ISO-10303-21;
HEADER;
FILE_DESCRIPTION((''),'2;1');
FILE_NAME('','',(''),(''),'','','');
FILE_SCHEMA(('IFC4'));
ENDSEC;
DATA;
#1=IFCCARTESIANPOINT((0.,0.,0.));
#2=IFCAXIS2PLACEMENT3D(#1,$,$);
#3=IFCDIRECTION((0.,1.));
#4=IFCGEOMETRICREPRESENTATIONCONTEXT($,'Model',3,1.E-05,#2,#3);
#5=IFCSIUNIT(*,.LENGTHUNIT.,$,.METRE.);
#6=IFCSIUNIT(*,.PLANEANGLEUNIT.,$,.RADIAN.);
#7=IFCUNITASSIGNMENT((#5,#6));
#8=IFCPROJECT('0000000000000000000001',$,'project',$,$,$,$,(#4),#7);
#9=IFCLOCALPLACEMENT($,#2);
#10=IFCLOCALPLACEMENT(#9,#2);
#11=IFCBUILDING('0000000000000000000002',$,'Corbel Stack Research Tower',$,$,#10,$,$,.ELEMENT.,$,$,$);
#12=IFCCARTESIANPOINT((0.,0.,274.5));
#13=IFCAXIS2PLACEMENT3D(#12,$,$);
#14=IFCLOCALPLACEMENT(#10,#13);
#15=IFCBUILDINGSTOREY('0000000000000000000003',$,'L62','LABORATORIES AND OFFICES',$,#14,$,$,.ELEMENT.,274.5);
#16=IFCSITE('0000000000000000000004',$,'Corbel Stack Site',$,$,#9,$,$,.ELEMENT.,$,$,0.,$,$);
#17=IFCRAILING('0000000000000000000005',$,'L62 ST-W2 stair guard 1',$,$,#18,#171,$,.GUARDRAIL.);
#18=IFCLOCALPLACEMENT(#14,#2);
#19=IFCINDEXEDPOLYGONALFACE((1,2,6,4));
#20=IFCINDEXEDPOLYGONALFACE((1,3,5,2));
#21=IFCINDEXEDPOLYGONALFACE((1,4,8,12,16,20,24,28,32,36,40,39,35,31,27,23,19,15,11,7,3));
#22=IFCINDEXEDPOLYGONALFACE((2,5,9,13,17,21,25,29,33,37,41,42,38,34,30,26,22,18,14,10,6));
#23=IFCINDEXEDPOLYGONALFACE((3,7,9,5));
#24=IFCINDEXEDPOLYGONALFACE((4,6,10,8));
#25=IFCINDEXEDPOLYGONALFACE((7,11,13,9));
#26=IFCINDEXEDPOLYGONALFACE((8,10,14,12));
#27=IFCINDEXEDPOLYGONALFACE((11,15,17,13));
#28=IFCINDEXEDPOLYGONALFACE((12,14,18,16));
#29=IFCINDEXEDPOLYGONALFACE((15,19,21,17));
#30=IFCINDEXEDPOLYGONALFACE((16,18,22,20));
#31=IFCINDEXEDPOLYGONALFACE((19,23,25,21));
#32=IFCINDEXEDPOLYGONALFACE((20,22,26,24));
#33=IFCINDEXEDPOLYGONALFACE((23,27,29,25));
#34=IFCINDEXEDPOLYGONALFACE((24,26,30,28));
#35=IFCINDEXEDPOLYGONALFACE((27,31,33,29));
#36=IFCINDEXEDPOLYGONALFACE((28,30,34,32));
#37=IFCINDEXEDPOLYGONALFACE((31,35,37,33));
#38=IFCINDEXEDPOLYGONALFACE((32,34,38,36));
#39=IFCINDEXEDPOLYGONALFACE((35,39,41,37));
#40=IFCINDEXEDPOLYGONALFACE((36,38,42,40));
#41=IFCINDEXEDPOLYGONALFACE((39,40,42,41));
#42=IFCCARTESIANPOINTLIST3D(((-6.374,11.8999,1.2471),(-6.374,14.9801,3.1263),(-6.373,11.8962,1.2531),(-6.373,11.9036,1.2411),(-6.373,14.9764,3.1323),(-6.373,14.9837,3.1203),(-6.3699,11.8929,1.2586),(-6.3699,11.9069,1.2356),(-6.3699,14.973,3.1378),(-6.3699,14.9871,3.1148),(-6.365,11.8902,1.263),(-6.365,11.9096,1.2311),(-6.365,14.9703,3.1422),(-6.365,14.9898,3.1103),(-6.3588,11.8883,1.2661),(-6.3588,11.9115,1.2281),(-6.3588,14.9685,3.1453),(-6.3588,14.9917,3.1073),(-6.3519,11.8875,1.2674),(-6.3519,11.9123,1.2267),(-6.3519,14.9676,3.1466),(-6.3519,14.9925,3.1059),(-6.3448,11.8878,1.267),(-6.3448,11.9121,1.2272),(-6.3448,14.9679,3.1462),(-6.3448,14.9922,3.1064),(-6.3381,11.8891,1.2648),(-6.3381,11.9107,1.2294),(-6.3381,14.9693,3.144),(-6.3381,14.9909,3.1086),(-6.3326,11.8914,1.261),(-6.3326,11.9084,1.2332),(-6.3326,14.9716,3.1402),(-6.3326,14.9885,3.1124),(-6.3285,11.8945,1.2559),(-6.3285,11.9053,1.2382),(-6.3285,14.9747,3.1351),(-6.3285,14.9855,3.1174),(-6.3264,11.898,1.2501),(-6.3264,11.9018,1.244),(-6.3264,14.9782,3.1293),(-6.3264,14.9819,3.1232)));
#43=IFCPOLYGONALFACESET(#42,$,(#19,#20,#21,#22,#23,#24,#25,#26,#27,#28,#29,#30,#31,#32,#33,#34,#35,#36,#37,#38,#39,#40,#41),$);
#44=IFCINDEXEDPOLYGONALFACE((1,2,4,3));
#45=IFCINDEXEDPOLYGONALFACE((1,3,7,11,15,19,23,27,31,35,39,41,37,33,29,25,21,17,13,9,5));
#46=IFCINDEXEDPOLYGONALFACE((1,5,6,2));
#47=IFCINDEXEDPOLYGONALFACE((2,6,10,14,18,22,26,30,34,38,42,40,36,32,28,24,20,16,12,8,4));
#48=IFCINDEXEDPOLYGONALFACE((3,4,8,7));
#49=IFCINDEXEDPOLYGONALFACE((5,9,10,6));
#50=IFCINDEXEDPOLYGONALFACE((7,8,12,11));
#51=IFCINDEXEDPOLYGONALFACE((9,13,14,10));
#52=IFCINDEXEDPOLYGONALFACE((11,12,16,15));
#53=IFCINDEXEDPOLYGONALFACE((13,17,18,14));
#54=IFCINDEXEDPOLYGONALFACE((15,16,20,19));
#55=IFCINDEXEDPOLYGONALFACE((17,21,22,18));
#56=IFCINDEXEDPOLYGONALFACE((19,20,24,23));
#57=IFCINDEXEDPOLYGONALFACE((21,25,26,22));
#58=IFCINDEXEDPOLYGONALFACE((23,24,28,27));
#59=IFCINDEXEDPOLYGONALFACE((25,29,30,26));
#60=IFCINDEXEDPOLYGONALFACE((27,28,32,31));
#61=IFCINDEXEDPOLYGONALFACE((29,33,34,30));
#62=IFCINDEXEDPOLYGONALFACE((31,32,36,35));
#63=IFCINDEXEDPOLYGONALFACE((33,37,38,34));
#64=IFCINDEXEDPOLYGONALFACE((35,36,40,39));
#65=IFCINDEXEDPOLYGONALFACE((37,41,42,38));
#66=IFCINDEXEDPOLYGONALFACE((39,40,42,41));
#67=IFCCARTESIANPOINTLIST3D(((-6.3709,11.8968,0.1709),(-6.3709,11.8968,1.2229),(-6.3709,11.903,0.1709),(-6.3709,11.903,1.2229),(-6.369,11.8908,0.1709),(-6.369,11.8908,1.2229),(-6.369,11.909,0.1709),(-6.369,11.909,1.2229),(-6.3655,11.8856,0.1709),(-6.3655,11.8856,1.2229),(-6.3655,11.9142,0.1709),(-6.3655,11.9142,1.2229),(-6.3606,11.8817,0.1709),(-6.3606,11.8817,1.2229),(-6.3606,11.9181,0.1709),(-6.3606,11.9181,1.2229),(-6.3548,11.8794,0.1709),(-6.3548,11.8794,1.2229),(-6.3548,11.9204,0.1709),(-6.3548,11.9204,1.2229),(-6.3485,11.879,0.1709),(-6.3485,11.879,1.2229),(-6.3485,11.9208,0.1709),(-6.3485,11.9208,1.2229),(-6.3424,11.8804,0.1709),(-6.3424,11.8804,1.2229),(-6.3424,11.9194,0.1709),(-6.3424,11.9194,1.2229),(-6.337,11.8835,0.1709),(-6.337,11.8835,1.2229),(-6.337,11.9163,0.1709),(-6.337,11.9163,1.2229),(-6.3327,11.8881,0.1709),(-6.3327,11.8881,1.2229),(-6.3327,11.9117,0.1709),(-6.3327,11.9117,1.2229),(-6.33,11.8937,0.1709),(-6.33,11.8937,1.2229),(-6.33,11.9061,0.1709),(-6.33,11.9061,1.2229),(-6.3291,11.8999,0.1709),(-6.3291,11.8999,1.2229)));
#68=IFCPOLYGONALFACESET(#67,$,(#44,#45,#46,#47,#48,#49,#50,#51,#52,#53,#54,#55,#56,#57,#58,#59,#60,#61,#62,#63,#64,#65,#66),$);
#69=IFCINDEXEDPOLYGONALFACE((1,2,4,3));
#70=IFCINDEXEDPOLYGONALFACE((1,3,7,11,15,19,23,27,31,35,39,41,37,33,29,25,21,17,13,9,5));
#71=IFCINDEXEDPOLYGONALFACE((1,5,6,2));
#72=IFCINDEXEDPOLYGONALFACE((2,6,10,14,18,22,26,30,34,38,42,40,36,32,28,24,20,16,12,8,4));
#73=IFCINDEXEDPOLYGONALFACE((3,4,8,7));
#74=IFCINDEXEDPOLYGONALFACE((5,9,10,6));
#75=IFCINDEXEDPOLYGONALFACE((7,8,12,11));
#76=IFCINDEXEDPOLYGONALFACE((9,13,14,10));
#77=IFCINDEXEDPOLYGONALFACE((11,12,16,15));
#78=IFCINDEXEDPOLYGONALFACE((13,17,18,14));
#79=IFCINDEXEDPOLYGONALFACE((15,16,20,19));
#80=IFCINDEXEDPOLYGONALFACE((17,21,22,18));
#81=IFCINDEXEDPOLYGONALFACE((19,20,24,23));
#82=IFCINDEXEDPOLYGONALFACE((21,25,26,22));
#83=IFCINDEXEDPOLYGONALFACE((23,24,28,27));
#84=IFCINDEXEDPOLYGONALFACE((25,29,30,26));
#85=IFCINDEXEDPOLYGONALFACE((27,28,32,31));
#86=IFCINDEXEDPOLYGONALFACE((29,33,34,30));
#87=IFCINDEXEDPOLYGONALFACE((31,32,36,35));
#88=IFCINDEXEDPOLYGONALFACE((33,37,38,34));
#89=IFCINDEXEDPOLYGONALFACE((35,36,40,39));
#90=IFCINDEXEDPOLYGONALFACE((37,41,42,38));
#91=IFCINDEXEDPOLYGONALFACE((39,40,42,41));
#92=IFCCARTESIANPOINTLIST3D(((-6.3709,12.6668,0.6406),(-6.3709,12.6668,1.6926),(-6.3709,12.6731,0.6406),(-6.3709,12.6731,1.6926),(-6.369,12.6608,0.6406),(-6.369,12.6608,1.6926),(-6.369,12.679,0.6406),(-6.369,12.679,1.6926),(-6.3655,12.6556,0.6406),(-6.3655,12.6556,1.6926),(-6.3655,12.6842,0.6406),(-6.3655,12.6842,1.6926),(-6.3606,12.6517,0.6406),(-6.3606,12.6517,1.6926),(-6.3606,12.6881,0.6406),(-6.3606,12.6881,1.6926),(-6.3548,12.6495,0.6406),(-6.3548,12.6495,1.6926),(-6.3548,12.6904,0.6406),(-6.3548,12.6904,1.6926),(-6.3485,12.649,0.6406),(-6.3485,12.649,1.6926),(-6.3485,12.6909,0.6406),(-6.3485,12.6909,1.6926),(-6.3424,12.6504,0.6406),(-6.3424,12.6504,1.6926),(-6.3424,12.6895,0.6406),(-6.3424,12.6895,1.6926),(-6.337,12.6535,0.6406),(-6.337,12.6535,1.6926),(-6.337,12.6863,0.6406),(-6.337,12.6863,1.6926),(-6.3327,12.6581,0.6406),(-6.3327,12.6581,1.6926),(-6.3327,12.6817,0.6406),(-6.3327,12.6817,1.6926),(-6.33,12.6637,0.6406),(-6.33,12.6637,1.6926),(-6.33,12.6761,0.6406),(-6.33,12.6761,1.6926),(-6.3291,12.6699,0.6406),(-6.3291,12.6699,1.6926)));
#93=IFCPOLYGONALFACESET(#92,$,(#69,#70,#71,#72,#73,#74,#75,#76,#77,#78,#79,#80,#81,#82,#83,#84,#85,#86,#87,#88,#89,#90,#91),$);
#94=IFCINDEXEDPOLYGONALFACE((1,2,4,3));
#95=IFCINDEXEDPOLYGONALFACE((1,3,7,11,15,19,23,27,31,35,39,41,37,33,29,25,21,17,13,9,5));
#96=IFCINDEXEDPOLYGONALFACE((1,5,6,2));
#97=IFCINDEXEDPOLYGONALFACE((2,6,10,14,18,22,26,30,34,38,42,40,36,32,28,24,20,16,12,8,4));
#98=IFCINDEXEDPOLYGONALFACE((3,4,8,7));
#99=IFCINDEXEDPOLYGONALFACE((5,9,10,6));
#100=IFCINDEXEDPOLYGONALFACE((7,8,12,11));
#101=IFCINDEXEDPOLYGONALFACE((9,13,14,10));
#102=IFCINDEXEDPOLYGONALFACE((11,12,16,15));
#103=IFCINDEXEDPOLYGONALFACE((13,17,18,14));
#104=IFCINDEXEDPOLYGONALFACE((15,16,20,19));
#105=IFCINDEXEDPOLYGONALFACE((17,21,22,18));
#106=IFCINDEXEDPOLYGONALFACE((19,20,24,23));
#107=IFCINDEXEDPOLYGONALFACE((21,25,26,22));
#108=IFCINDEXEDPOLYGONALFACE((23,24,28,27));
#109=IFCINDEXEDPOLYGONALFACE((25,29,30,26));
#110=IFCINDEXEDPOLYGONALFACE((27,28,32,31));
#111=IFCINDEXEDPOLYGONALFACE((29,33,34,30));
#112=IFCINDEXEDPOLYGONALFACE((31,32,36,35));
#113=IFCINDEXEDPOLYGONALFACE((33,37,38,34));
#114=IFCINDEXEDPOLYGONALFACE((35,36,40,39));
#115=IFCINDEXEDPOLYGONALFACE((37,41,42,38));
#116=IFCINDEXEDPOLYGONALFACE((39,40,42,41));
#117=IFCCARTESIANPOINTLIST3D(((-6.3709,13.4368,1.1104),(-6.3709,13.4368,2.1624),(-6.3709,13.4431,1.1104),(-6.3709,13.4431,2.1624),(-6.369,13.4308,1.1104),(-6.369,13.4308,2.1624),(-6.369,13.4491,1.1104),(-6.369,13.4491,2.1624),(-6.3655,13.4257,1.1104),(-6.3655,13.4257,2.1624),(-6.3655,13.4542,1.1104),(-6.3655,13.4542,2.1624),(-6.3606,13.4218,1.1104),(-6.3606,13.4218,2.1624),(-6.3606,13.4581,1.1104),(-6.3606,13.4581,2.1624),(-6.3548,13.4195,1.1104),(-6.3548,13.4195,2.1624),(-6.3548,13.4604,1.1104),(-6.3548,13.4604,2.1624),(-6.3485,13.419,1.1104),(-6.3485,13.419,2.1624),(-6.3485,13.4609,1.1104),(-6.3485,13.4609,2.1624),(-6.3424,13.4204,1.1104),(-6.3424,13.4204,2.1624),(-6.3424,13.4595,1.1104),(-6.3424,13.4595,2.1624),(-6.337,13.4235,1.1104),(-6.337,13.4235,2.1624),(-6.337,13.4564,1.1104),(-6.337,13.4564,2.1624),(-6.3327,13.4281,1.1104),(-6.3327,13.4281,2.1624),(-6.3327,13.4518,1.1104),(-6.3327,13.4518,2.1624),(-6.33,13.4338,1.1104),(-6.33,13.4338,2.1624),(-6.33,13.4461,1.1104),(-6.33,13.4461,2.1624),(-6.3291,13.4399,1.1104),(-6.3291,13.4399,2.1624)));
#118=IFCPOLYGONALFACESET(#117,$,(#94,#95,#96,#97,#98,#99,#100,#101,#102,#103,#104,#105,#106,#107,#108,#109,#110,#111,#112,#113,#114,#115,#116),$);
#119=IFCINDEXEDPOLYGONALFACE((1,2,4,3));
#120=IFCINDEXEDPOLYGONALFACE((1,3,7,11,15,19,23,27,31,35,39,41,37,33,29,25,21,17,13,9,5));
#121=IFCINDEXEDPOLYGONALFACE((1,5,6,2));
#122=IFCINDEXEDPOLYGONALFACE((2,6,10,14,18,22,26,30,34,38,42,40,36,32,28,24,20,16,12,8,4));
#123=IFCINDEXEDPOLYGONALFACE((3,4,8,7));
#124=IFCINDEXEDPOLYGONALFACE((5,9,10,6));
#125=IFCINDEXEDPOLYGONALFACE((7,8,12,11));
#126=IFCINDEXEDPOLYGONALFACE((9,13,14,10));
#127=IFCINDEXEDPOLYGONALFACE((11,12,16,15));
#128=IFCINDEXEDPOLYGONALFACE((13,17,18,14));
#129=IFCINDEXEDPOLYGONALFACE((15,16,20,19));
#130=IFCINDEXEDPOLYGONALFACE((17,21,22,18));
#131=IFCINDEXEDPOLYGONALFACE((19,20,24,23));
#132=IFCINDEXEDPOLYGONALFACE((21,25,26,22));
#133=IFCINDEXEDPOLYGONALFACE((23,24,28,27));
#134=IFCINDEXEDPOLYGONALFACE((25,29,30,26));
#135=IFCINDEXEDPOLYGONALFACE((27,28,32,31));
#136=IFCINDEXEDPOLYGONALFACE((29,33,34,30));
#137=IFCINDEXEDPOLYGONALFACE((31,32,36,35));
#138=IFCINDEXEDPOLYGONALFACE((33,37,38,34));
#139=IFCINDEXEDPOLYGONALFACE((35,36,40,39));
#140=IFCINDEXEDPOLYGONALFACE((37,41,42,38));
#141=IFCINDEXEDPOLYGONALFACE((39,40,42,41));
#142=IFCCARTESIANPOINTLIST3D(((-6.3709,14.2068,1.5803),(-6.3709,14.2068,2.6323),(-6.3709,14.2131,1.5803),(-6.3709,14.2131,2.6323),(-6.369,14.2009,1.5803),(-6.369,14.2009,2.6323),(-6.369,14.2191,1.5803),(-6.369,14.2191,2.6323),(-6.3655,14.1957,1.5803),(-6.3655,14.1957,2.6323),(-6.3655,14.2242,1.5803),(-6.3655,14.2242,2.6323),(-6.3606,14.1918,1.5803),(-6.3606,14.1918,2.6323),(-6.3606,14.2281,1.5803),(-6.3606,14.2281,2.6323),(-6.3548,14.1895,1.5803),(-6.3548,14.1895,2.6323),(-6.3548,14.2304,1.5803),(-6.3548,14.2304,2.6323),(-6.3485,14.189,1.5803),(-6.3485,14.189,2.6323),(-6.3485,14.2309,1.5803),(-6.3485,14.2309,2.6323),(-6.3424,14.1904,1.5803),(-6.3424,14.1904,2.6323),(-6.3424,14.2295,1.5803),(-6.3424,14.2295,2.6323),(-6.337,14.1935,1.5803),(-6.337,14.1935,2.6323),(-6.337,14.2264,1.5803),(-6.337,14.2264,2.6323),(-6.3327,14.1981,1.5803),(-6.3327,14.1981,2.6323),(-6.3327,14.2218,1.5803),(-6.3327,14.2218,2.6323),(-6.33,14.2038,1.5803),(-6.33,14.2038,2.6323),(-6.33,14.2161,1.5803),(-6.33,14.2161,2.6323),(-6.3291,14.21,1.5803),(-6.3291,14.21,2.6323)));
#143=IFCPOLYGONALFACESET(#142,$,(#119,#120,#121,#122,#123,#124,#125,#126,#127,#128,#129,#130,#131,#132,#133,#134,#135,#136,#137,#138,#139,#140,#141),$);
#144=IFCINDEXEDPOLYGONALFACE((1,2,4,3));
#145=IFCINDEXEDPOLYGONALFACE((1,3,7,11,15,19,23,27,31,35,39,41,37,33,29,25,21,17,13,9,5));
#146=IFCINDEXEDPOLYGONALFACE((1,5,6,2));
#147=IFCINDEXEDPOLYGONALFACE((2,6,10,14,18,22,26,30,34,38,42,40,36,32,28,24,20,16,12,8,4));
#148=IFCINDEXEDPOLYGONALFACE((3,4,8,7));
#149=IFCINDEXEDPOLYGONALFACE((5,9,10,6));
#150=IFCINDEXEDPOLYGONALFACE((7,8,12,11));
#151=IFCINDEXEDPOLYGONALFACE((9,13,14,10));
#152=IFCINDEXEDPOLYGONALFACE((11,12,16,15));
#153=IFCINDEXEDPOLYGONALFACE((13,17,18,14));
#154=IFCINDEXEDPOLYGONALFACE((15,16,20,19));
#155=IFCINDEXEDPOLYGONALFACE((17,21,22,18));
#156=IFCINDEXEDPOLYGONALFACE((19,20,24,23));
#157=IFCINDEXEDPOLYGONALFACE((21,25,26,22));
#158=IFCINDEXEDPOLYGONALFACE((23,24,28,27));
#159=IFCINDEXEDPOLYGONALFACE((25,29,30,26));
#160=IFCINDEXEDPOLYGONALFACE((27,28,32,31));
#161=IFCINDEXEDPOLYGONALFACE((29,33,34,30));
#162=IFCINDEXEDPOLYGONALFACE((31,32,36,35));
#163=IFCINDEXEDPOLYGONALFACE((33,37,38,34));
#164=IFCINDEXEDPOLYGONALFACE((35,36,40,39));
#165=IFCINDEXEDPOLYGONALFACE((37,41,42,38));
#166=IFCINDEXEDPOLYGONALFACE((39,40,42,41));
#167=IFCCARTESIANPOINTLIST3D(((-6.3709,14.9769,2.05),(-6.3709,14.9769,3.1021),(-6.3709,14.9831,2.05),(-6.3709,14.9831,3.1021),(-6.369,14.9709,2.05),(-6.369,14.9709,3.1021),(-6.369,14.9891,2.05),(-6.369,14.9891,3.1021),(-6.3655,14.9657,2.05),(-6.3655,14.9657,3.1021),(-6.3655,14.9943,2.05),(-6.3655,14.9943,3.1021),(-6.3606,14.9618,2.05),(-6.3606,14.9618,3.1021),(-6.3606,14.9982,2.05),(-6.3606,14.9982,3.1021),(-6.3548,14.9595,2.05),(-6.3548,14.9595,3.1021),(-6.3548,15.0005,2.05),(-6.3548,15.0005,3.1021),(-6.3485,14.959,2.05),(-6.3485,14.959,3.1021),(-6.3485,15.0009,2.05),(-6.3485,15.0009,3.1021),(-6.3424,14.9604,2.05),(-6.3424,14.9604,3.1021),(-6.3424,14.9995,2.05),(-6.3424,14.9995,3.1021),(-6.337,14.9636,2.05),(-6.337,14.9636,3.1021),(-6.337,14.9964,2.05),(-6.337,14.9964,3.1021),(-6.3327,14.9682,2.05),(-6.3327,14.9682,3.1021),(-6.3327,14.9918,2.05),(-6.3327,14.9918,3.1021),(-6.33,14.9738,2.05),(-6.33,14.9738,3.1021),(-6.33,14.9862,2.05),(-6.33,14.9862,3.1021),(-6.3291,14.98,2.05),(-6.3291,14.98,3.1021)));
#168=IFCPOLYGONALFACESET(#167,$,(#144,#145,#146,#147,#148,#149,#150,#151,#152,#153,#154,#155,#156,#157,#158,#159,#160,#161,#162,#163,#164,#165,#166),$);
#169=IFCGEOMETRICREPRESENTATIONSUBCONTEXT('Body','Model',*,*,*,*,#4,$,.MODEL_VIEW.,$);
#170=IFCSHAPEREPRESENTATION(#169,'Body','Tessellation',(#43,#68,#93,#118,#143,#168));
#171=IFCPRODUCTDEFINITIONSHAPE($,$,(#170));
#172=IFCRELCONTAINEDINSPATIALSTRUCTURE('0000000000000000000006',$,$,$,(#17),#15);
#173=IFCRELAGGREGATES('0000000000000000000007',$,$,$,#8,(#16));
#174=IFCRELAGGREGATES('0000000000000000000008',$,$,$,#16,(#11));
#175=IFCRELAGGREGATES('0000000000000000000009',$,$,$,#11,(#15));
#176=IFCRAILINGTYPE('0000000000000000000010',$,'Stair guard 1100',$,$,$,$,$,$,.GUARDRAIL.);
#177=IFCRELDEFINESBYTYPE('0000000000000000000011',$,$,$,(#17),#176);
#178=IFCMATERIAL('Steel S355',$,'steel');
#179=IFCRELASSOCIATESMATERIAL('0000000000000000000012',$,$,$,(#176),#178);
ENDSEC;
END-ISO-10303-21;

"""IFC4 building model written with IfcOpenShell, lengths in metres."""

from ifc_helpers import new_model, si_unit, direction, frame, origin, origin_2d, place, context, subcontext, project, spatial, circle, extrude, material, type_object, element, save


model = new_model("IFC4")

# Units and contexts
model_context = context("Model", 3, precision=1e-05, world=origin(), true_north=direction((0.0, 1.0)))
body_context = subcontext(model_context, "Body", "Model", "MODEL_VIEW")
ifc_project = project(units=[si_unit("LENGTHUNIT", "METRE"), si_unit("PLANEANGLEUNIT", "RADIAN")], contexts=[model_context])

# Site, building, storey
site_placement = place(None, origin())
site = spatial("IfcSite", under=ifc_project, at=site_placement, Name="Corbel Stack Site", CompositionType="ELEMENT", RefElevation=0.0)
building_placement = place(site_placement, origin())
building = spatial("IfcBuilding", under=site, at=building_placement, Name="Corbel Stack Research Tower", CompositionType="ELEMENT")
storey_placement = place(building_placement, frame((0.0, 0.0, 274.5)))
storey = spatial("IfcBuildingStorey", under=building, at=storey_placement, Name="L62", Description="LABORATORIES AND OFFICES", CompositionType="ELEMENT", Elevation=274.5)

# Railing
ifc_material_1 = material(Name="Steel S355", Category="steel")
railing_type_1 = type_object("IfcRailingType", Name="Stair guard 1100", PredefinedType="GUARDRAIL", material=ifc_material_1)
railing_1_placement = place(storey_placement, frame((-6.3501, 11.8999, 0.1709)))
element("IfcRailing", 1, at=railing_1_placement, inside=storey, type_object=railing_type_1, Name="L62 ST-W2 stair guard 1", PredefinedType="GUARDRAIL", context=body_context, shape_type="SweptSolid", body=[
    extrude(circle(Radius=0.0239, at=origin_2d()), frame((0.0, 0.0, 1.0762), z_axis=(0.0, 0.853666, 0.52082), x_axis=(-1.0, 0.0, 0.0)), (0.0, 0.0, 1.0), 3.6082),
    extrude(circle(Radius=0.021, at=origin_2d()), origin(), (0.0, 0.0, 1.0), 1.052),
    extrude(circle(Radius=0.021, at=origin_2d()), frame((0.0, 0.77, 0.4697)), (0.0, 0.0, 1.0), 1.052),
    extrude(circle(Radius=0.021, at=origin_2d()), frame((0.0, 1.54, 0.9395)), (0.0, 0.0, 1.0), 1.052),
    extrude(circle(Radius=0.021, at=origin_2d()), frame((0.0, 2.3101, 1.4094)), (0.0, 0.0, 1.0), 1.052),
    extrude(circle(Radius=0.021, at=origin_2d()), frame((0.0, 3.0801, 1.8792)), (0.0, 0.0, 1.0), 1.052),
])

save(model, "model.ifc")
